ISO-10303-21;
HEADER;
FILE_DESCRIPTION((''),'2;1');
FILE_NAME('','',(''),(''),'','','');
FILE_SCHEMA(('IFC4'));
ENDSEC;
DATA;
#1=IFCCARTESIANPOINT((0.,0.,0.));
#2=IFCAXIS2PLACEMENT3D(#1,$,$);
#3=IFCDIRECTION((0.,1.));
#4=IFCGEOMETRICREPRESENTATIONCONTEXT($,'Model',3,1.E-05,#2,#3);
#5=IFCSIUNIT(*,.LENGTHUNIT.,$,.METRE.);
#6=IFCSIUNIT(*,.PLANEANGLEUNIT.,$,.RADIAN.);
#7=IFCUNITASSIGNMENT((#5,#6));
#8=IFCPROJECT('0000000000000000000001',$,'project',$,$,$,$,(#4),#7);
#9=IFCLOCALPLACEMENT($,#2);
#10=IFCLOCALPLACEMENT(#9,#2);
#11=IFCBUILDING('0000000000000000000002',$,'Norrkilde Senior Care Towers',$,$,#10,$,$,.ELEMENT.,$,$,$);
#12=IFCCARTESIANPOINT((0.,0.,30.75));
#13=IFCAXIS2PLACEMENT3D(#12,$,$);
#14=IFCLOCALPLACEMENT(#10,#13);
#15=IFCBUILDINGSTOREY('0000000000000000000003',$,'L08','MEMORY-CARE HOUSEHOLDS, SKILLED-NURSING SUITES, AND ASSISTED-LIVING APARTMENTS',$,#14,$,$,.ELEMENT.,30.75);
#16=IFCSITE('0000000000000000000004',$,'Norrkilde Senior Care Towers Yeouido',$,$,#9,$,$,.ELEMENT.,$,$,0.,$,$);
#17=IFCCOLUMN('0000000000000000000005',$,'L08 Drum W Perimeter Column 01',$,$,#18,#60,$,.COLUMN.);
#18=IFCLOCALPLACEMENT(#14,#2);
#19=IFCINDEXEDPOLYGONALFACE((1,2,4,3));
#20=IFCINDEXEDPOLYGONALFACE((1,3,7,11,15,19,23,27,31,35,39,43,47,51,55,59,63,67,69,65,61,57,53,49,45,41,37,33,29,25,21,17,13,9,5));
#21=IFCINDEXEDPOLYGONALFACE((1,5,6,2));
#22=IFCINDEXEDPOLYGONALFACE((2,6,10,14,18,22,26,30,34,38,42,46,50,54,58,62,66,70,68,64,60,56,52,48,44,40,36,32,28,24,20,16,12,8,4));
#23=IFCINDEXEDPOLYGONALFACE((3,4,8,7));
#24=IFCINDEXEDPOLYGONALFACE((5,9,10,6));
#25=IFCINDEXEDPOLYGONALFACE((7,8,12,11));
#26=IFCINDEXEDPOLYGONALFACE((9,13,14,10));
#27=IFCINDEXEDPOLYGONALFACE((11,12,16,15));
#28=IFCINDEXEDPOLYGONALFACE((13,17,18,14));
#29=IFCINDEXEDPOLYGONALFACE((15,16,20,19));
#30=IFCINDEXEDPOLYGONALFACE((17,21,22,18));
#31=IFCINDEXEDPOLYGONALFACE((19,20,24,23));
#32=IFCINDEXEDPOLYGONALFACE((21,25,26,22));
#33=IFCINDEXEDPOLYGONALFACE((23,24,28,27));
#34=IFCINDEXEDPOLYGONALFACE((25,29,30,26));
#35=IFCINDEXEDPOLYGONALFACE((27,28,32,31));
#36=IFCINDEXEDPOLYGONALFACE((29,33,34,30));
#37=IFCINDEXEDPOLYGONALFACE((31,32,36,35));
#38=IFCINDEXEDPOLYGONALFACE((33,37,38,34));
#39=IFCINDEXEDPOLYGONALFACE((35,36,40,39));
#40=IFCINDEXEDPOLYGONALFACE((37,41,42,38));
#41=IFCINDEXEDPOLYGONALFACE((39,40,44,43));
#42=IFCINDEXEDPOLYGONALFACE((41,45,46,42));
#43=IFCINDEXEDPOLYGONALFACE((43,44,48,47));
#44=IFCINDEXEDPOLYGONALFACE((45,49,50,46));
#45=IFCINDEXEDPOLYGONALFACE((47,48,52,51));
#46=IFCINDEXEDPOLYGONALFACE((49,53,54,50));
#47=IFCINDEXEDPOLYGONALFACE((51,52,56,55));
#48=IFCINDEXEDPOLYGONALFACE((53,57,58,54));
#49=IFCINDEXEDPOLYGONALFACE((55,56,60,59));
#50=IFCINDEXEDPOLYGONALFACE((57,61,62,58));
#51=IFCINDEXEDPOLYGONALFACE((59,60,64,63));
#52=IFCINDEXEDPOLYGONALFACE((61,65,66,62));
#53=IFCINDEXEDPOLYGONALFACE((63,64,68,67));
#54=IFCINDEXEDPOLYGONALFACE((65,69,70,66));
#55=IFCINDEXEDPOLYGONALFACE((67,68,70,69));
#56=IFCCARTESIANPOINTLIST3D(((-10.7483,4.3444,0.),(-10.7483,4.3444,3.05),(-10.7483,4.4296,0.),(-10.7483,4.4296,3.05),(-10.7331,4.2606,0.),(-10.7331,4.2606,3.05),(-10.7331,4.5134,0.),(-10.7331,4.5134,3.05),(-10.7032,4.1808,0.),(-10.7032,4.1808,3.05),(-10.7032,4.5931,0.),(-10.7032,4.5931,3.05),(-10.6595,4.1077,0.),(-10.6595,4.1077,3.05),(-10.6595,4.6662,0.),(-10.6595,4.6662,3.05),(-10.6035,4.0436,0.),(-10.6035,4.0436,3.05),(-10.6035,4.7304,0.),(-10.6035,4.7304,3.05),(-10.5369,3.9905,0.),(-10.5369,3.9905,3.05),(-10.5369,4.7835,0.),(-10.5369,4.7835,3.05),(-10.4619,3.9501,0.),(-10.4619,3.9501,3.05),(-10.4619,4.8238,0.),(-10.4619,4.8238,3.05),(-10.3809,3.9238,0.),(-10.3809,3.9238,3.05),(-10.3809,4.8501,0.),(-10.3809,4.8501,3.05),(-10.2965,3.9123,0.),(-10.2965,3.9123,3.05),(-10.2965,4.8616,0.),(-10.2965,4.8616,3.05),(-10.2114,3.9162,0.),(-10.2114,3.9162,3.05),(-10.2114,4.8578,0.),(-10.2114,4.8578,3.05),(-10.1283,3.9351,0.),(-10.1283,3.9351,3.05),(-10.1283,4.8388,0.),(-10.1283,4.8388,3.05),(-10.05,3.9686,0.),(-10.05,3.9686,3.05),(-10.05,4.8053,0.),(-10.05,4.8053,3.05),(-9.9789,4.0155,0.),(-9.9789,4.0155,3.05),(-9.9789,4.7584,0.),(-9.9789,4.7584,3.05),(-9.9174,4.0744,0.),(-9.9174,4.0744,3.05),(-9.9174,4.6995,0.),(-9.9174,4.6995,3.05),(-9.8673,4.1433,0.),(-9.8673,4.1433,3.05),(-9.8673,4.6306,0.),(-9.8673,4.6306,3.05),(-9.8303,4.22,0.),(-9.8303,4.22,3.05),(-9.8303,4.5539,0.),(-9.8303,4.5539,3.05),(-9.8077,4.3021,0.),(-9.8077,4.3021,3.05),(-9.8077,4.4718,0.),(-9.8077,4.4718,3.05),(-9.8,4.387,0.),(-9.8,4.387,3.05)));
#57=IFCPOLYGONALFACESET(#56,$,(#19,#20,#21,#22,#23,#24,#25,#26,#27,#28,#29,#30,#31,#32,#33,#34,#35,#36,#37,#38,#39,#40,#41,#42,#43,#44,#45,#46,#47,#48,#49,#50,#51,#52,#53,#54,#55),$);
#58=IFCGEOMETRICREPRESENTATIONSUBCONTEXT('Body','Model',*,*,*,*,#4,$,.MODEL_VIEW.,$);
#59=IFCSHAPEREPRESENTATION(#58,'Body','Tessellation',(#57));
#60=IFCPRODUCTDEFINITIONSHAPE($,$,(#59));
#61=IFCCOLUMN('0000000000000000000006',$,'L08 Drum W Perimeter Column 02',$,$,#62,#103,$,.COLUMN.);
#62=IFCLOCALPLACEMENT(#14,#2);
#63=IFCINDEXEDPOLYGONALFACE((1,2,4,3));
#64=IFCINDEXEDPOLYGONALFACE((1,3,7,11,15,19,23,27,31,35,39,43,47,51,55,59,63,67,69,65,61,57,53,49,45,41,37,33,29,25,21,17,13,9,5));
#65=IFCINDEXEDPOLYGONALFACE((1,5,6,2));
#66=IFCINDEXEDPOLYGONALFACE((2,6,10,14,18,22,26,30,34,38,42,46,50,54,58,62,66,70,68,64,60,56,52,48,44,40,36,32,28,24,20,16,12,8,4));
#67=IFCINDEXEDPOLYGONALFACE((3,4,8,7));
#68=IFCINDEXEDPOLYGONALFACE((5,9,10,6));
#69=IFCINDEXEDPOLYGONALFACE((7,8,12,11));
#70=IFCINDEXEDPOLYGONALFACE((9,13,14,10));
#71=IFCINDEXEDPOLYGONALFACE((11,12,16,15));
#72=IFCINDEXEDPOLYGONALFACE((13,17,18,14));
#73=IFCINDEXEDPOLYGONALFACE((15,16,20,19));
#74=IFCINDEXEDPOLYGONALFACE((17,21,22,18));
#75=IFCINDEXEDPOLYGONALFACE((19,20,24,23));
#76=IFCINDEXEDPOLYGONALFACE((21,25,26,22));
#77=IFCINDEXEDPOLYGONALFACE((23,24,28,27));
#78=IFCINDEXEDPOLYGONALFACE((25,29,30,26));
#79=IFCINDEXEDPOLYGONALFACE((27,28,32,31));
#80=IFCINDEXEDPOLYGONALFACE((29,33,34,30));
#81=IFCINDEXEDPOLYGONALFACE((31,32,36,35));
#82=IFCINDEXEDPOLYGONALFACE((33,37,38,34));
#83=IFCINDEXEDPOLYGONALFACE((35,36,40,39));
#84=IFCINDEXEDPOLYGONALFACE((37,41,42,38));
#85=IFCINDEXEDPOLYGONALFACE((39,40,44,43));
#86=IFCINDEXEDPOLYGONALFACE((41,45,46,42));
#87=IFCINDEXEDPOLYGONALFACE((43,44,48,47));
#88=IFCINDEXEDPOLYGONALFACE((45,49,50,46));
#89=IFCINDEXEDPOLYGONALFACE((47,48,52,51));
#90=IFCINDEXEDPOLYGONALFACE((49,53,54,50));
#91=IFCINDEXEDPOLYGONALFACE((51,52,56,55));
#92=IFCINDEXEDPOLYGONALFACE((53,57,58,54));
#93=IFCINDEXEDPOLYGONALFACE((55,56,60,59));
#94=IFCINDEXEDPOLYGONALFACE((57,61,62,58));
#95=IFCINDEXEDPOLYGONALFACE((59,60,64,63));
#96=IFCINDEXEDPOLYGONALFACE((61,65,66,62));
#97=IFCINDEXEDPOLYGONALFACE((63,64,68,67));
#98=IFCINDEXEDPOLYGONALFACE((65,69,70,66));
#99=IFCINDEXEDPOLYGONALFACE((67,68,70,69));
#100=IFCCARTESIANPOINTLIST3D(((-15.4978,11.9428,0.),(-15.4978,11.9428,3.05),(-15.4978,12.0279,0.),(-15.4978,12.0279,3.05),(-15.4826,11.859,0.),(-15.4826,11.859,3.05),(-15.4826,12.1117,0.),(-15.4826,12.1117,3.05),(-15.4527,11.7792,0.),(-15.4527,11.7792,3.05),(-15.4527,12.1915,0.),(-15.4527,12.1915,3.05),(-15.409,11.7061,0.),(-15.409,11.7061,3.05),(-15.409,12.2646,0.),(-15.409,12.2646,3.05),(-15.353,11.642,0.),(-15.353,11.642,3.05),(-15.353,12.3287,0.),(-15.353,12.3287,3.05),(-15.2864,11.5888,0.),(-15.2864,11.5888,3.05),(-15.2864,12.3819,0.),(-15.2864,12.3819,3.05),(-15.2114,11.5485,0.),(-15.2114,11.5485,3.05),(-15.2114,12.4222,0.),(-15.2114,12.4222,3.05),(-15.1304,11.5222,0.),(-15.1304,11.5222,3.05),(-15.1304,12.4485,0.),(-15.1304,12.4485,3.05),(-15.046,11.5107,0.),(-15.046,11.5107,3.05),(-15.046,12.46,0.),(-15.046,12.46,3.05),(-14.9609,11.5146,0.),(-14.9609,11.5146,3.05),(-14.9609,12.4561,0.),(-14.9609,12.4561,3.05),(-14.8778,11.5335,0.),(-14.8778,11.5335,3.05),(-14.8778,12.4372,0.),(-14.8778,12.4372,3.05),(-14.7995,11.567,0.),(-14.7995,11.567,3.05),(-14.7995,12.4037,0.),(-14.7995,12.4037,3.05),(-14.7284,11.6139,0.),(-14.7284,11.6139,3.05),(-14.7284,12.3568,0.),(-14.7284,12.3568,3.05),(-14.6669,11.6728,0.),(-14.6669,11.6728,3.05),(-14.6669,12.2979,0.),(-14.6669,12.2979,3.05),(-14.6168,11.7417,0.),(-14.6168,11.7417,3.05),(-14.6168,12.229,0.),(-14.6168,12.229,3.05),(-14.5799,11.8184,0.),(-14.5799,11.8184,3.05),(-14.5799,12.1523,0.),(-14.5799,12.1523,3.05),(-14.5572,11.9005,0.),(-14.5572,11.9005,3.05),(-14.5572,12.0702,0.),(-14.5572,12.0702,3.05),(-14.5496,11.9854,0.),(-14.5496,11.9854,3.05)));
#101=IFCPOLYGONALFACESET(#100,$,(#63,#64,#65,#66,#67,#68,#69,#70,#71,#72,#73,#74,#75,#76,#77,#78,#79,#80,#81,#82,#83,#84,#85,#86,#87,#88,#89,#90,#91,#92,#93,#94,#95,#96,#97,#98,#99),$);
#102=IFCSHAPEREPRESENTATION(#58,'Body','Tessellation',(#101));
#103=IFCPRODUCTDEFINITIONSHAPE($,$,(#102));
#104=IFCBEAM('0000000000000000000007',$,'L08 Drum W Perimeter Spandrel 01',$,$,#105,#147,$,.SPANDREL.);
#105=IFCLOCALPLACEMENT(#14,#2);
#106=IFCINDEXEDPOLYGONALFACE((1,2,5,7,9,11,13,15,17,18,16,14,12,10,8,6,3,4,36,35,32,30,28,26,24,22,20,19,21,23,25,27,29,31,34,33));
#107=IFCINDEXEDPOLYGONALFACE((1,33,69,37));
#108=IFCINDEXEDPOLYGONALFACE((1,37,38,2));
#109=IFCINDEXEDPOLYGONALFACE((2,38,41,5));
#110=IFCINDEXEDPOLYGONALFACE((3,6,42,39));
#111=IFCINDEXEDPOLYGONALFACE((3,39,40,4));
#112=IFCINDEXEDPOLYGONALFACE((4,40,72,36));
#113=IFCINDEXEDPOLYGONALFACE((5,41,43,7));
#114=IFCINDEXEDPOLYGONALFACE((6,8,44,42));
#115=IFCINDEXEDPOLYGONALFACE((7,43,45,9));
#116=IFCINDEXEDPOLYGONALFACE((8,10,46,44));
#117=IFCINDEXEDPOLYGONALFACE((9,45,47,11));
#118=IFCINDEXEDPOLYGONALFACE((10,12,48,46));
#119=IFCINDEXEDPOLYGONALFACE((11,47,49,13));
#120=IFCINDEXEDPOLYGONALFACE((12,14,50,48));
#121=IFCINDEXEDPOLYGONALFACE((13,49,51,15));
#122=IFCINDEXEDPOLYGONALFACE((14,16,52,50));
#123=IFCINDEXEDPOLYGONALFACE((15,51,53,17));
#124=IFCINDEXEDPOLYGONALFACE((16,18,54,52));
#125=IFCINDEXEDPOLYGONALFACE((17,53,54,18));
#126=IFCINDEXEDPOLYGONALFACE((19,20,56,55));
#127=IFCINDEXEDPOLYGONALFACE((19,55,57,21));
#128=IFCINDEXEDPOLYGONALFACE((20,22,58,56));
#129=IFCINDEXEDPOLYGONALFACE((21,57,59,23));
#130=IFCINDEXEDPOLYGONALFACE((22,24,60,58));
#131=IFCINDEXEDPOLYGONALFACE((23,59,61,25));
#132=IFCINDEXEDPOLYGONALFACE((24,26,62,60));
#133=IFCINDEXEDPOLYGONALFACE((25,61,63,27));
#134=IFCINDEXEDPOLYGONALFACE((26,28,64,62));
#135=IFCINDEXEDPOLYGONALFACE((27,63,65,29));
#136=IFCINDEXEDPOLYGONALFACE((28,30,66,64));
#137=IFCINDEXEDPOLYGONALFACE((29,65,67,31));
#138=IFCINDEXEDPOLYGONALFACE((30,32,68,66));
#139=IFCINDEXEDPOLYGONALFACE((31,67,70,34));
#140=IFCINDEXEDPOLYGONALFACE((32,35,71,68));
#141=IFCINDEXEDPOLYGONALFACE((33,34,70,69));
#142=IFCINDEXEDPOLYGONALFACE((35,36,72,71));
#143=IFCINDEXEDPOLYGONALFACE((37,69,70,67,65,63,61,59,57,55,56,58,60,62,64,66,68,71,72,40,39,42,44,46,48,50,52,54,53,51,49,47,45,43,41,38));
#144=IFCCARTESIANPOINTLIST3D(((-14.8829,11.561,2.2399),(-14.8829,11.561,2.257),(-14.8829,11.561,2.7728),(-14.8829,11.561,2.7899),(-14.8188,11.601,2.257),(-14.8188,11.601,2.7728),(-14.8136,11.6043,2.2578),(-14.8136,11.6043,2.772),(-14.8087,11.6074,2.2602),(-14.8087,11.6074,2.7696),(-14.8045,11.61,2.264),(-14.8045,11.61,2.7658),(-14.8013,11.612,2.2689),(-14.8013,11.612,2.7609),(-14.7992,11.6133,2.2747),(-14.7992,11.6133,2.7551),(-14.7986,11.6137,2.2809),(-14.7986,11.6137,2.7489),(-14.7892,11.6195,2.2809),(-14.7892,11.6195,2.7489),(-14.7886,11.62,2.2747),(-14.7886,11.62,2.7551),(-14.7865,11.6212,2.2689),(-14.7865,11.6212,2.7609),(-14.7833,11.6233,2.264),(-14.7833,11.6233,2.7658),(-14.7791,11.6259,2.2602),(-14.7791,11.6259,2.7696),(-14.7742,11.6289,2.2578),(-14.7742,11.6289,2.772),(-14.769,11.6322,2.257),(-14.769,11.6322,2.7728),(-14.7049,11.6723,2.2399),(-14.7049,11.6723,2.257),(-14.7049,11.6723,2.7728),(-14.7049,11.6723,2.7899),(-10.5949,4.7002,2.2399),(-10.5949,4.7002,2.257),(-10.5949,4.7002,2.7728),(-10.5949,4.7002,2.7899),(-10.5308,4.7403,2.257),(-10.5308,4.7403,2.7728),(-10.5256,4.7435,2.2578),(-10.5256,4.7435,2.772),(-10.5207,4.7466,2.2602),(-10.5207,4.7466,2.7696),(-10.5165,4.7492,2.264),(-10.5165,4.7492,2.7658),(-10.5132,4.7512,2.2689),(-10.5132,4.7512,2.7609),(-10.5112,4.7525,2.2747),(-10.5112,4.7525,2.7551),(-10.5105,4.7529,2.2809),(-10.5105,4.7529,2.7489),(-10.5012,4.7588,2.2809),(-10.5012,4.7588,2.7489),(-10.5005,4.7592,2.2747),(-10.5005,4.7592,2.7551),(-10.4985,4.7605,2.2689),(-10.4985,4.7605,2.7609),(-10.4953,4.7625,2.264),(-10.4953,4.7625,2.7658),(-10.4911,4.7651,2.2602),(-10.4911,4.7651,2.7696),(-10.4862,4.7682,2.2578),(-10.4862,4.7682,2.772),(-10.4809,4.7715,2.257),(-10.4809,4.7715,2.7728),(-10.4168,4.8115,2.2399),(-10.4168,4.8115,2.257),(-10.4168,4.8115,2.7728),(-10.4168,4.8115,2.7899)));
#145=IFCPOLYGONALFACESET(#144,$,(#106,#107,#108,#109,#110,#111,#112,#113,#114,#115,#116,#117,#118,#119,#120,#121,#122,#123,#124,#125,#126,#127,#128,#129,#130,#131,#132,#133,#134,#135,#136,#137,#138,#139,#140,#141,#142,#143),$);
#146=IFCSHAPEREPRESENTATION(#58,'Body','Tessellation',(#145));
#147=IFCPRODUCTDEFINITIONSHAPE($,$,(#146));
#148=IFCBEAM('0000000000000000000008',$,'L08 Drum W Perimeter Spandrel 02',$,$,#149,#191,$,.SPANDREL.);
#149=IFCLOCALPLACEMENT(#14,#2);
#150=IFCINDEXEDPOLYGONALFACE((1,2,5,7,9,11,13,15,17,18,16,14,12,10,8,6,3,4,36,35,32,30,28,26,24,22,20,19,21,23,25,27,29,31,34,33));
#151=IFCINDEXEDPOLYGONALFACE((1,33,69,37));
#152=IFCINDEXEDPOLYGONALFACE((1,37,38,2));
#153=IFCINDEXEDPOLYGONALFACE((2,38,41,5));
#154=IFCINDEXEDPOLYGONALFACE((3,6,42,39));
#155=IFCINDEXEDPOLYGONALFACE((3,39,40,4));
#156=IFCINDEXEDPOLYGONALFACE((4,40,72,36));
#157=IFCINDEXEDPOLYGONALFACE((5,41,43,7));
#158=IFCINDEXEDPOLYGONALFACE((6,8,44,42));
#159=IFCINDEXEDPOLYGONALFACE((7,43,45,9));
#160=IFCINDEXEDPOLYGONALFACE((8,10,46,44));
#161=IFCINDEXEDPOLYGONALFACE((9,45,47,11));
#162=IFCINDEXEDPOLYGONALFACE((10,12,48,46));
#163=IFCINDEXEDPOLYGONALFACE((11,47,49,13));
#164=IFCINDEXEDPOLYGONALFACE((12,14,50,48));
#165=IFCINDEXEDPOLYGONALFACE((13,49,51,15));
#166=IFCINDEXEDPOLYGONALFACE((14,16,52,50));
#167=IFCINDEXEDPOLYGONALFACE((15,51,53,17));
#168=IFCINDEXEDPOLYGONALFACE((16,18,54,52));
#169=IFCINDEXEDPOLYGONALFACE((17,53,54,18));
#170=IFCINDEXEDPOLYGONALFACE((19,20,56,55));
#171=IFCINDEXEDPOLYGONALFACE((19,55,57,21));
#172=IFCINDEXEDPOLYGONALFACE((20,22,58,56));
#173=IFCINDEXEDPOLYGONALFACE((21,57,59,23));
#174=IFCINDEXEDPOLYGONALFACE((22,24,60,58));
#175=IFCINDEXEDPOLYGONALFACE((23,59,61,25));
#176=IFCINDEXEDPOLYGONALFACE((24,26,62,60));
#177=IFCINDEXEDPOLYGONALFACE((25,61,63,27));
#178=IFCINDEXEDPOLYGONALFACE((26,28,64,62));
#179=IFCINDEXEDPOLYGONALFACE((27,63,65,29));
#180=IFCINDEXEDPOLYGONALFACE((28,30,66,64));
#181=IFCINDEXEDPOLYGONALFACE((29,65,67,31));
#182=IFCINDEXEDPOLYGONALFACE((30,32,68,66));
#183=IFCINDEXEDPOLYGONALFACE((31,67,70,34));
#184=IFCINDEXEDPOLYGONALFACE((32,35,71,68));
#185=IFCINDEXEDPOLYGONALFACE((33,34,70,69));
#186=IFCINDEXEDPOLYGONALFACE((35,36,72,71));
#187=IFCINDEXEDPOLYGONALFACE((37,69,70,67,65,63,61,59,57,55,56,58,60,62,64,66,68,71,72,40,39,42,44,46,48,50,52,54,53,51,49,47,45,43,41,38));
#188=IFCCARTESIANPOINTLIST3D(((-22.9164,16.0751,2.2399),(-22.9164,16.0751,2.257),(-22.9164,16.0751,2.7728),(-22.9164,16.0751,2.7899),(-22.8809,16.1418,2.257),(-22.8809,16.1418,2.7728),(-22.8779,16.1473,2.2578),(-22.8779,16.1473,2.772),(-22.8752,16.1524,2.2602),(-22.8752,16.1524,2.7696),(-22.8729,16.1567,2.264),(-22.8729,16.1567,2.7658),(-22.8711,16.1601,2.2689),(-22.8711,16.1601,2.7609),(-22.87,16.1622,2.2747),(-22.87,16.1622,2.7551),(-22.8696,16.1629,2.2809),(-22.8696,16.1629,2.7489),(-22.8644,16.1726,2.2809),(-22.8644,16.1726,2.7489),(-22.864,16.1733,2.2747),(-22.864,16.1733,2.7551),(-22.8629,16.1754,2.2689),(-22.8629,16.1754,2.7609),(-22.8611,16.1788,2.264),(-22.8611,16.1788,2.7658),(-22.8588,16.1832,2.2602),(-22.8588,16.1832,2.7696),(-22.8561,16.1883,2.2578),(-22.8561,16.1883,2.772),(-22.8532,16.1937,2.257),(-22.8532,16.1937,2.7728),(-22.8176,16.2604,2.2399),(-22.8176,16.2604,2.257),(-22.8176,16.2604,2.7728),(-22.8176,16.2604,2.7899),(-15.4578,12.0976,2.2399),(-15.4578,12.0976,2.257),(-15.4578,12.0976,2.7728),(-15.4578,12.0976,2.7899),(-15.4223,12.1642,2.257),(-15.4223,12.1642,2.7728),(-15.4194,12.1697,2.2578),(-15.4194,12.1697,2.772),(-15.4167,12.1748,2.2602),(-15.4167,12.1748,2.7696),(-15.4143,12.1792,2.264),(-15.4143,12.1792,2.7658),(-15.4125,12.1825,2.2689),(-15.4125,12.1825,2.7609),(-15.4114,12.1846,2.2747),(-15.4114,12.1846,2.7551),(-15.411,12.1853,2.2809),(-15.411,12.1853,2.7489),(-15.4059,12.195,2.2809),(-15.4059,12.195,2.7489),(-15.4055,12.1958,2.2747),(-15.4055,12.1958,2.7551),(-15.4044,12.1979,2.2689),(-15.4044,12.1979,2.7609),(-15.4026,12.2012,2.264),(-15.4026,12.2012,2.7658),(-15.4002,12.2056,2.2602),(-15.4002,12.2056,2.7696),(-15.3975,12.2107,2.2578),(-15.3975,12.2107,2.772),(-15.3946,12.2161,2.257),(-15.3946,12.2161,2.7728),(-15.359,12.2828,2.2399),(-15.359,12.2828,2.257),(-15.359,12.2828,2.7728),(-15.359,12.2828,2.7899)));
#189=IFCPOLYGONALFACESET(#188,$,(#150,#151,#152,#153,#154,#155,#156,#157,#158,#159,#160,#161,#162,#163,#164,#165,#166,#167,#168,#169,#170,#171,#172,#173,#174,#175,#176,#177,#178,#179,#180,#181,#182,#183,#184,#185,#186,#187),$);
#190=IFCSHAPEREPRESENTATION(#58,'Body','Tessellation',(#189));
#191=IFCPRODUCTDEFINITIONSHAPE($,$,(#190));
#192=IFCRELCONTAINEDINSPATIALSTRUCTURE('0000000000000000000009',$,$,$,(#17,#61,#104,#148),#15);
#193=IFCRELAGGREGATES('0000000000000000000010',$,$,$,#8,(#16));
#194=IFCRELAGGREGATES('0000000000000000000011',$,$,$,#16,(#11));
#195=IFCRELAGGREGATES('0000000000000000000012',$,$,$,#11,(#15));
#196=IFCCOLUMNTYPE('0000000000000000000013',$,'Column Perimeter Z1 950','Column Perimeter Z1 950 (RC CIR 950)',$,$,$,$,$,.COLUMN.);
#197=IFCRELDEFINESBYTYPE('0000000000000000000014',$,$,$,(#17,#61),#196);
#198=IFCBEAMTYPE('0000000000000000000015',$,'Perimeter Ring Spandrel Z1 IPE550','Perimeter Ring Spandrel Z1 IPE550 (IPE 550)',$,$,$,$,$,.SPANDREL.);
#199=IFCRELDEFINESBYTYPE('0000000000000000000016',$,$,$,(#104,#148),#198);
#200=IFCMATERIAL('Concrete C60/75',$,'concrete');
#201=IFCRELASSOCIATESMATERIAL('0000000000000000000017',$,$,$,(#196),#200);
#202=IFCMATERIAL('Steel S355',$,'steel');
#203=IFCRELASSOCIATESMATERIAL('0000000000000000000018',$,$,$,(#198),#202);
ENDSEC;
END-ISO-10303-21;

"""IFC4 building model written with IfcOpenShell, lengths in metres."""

from ifc_helpers import new_model, si_unit, direction, frame, origin, origin_2d, place, context, subcontext, project, spatial, circle, i_section, extrude, source, transform, mapped, material, material_profile, profile_set, type_object, type_shapes, element, save


model = new_model("IFC4")

# Units and contexts
model_context = context("Model", 3, precision=1e-05, world=origin(), true_north=direction((0.0, 1.0)))
body_context = subcontext(model_context, "Body", "Model", "MODEL_VIEW")
ifc_project = project(units=[si_unit("LENGTHUNIT", "METRE"), si_unit("PLANEANGLEUNIT", "RADIAN")], contexts=[model_context])

# Site, building, storey
site_placement = place(None, origin())
site = spatial("IfcSite", under=ifc_project, at=site_placement, Name="Norrkilde Senior Care Towers Yeouido", CompositionType="ELEMENT", RefElevation=0.0)
building_placement = place(site_placement, origin())
building = spatial("IfcBuilding", under=site, at=building_placement, Name="Norrkilde Senior Care Towers", CompositionType="ELEMENT")
storey_placement = place(building_placement, frame((0.0, 0.0, 30.75)))
storey = spatial("IfcBuildingStorey", under=building, at=storey_placement, Name="L08", Description="MEMORY-CARE HOUSEHOLDS, SKILLED-NURSING SUITES, AND ASSISTED-LIVING APARTMENTS", CompositionType="ELEMENT", Elevation=30.75)

# Columns
ifc_material_1 = material(Name="Concrete C60/75", Category="concrete")
ifc_material_profile_1 = material_profile(ifc_material_1, circle(Radius=0.4751, at=origin_2d()), Name="RC CIR 950")
ifc_profile_set_1 = profile_set([ifc_material_profile_1], Name="Concrete C60/75")
column_type = type_object("IfcColumnType", Name="Column Perimeter Z1 950", Description="Column Perimeter Z1 950 (RC CIR 950)", PredefinedType="COLUMN", material=ifc_profile_set_1)
shared_shape_1 = source(origin(), body_context, "Body", "SweptSolid", [
    extrude(circle(Radius=0.4751, at=origin_2d()), origin(), (0.0, 0.0, 1.0), 3.05),
])
type_shapes(column_type, [shared_shape_1])
for number, where, z_axis, x_axis, name in (
    (1, (-10.2751, 4.387, 0.0), (0.0, 0.0, 1.0), (1.0, 0.0, 0.0), "L08 Drum W Perimeter Column 01"),
    (2, (-15.0247, 11.9854, 0.0), (0.0, 0.0, 1.0), (1.0, 0.0, 0.0), "L08 Drum W Perimeter Column 02"),
):
    element("IfcColumn", number, at=place(storey_placement, frame(where, z_axis=z_axis, x_axis=x_axis)), inside=storey, type_object=column_type, Name=name, PredefinedType="COLUMN", context=body_context, shape_type="MappedRepresentation", body=[
        mapped(shared_shape_1, transform((0.0, 0.0, 0.0), x_axis=(1.0, 0.0, 0.0), y_axis=(0.0, 1.0, 0.0), z_axis=(0.0, 0.0, 1.0), scale=1.0)),
    ])

# Beams
ifc_material_2 = material(Name="Steel S355", Category="steel")
ifc_material_profile_2 = material_profile(ifc_material_2, i_section(OverallWidth=0.21, OverallDepth=0.55, WebThickness=0.011, FlangeThickness=0.0171, FilletRadius=0.0239, at=origin_2d()), Name="IPE 550")
ifc_profile_set_2 = profile_set([ifc_material_profile_2], Name="Steel S355")
beam_type_1 = type_object("IfcBeamType", Name="Perimeter Ring Spandrel Z1 IPE550", Description="Perimeter Ring Spandrel Z1 IPE550 (IPE 550)", PredefinedType="SPANDREL", material=ifc_profile_set_2)
shared_shape_2 = source(origin(), body_context, "Body", "SweptSolid", [
    extrude(i_section(OverallWidth=0.21, OverallDepth=0.55, WebThickness=0.011, FlangeThickness=0.0171, FilletRadius=0.0239, at=origin_2d()), origin(), (0.0, 0.0, 1.0), 8.0906),
])
beam_1_placement = place(storey_placement, frame((-10.5059, 4.7559, 2.5149), z_axis=(-0.530004, 0.847995, 0.0), x_axis=(-0.847995, -0.530004, 0.0)))
element("IfcBeam", 3, at=beam_1_placement, inside=storey, type_object=beam_type_1, Name="L08 Drum W Perimeter Spandrel 01", PredefinedType="SPANDREL", context=body_context, shape_type="MappedRepresentation", body=[
    mapped(shared_shape_2, transform((0.0, 0.0, 0.0), x_axis=(1.0, 0.0, 0.0), y_axis=(0.0, 1.0, 0.0), z_axis=(0.0, 0.0, 1.0), scale=1.0)),
])
shared_shape_3 = source(origin(), body_context, "Body", "SweptSolid", [
    extrude(i_section(OverallWidth=0.21, OverallDepth=0.55, WebThickness=0.011, FlangeThickness=0.0171, FilletRadius=0.0239, at=origin_2d()), origin(), (0.0, 0.0, 1.0), 8.4529),
])
type_shapes(beam_type_1, [shared_shape_2, shared_shape_3])
beam_2_placement = place(storey_placement, frame((-15.4084, 12.1902, 2.5149), z_axis=(-0.882369, 0.470558, 0.0), x_axis=(-0.470558, -0.882369, 0.0)))
element("IfcBeam", 4, at=beam_2_placement, inside=storey, type_object=beam_type_1, Name="L08 Drum W Perimeter Spandrel 02", PredefinedType="SPANDREL", context=body_context, shape_type="MappedRepresentation", body=[
    mapped(shared_shape_3, transform((0.0, 0.0, 0.0), x_axis=(1.0, 0.0, 0.0), y_axis=(0.0, 1.0, 0.0), z_axis=(0.0, 0.0, 1.0), scale=1.0)),
])

save(model, "model.ifc")
